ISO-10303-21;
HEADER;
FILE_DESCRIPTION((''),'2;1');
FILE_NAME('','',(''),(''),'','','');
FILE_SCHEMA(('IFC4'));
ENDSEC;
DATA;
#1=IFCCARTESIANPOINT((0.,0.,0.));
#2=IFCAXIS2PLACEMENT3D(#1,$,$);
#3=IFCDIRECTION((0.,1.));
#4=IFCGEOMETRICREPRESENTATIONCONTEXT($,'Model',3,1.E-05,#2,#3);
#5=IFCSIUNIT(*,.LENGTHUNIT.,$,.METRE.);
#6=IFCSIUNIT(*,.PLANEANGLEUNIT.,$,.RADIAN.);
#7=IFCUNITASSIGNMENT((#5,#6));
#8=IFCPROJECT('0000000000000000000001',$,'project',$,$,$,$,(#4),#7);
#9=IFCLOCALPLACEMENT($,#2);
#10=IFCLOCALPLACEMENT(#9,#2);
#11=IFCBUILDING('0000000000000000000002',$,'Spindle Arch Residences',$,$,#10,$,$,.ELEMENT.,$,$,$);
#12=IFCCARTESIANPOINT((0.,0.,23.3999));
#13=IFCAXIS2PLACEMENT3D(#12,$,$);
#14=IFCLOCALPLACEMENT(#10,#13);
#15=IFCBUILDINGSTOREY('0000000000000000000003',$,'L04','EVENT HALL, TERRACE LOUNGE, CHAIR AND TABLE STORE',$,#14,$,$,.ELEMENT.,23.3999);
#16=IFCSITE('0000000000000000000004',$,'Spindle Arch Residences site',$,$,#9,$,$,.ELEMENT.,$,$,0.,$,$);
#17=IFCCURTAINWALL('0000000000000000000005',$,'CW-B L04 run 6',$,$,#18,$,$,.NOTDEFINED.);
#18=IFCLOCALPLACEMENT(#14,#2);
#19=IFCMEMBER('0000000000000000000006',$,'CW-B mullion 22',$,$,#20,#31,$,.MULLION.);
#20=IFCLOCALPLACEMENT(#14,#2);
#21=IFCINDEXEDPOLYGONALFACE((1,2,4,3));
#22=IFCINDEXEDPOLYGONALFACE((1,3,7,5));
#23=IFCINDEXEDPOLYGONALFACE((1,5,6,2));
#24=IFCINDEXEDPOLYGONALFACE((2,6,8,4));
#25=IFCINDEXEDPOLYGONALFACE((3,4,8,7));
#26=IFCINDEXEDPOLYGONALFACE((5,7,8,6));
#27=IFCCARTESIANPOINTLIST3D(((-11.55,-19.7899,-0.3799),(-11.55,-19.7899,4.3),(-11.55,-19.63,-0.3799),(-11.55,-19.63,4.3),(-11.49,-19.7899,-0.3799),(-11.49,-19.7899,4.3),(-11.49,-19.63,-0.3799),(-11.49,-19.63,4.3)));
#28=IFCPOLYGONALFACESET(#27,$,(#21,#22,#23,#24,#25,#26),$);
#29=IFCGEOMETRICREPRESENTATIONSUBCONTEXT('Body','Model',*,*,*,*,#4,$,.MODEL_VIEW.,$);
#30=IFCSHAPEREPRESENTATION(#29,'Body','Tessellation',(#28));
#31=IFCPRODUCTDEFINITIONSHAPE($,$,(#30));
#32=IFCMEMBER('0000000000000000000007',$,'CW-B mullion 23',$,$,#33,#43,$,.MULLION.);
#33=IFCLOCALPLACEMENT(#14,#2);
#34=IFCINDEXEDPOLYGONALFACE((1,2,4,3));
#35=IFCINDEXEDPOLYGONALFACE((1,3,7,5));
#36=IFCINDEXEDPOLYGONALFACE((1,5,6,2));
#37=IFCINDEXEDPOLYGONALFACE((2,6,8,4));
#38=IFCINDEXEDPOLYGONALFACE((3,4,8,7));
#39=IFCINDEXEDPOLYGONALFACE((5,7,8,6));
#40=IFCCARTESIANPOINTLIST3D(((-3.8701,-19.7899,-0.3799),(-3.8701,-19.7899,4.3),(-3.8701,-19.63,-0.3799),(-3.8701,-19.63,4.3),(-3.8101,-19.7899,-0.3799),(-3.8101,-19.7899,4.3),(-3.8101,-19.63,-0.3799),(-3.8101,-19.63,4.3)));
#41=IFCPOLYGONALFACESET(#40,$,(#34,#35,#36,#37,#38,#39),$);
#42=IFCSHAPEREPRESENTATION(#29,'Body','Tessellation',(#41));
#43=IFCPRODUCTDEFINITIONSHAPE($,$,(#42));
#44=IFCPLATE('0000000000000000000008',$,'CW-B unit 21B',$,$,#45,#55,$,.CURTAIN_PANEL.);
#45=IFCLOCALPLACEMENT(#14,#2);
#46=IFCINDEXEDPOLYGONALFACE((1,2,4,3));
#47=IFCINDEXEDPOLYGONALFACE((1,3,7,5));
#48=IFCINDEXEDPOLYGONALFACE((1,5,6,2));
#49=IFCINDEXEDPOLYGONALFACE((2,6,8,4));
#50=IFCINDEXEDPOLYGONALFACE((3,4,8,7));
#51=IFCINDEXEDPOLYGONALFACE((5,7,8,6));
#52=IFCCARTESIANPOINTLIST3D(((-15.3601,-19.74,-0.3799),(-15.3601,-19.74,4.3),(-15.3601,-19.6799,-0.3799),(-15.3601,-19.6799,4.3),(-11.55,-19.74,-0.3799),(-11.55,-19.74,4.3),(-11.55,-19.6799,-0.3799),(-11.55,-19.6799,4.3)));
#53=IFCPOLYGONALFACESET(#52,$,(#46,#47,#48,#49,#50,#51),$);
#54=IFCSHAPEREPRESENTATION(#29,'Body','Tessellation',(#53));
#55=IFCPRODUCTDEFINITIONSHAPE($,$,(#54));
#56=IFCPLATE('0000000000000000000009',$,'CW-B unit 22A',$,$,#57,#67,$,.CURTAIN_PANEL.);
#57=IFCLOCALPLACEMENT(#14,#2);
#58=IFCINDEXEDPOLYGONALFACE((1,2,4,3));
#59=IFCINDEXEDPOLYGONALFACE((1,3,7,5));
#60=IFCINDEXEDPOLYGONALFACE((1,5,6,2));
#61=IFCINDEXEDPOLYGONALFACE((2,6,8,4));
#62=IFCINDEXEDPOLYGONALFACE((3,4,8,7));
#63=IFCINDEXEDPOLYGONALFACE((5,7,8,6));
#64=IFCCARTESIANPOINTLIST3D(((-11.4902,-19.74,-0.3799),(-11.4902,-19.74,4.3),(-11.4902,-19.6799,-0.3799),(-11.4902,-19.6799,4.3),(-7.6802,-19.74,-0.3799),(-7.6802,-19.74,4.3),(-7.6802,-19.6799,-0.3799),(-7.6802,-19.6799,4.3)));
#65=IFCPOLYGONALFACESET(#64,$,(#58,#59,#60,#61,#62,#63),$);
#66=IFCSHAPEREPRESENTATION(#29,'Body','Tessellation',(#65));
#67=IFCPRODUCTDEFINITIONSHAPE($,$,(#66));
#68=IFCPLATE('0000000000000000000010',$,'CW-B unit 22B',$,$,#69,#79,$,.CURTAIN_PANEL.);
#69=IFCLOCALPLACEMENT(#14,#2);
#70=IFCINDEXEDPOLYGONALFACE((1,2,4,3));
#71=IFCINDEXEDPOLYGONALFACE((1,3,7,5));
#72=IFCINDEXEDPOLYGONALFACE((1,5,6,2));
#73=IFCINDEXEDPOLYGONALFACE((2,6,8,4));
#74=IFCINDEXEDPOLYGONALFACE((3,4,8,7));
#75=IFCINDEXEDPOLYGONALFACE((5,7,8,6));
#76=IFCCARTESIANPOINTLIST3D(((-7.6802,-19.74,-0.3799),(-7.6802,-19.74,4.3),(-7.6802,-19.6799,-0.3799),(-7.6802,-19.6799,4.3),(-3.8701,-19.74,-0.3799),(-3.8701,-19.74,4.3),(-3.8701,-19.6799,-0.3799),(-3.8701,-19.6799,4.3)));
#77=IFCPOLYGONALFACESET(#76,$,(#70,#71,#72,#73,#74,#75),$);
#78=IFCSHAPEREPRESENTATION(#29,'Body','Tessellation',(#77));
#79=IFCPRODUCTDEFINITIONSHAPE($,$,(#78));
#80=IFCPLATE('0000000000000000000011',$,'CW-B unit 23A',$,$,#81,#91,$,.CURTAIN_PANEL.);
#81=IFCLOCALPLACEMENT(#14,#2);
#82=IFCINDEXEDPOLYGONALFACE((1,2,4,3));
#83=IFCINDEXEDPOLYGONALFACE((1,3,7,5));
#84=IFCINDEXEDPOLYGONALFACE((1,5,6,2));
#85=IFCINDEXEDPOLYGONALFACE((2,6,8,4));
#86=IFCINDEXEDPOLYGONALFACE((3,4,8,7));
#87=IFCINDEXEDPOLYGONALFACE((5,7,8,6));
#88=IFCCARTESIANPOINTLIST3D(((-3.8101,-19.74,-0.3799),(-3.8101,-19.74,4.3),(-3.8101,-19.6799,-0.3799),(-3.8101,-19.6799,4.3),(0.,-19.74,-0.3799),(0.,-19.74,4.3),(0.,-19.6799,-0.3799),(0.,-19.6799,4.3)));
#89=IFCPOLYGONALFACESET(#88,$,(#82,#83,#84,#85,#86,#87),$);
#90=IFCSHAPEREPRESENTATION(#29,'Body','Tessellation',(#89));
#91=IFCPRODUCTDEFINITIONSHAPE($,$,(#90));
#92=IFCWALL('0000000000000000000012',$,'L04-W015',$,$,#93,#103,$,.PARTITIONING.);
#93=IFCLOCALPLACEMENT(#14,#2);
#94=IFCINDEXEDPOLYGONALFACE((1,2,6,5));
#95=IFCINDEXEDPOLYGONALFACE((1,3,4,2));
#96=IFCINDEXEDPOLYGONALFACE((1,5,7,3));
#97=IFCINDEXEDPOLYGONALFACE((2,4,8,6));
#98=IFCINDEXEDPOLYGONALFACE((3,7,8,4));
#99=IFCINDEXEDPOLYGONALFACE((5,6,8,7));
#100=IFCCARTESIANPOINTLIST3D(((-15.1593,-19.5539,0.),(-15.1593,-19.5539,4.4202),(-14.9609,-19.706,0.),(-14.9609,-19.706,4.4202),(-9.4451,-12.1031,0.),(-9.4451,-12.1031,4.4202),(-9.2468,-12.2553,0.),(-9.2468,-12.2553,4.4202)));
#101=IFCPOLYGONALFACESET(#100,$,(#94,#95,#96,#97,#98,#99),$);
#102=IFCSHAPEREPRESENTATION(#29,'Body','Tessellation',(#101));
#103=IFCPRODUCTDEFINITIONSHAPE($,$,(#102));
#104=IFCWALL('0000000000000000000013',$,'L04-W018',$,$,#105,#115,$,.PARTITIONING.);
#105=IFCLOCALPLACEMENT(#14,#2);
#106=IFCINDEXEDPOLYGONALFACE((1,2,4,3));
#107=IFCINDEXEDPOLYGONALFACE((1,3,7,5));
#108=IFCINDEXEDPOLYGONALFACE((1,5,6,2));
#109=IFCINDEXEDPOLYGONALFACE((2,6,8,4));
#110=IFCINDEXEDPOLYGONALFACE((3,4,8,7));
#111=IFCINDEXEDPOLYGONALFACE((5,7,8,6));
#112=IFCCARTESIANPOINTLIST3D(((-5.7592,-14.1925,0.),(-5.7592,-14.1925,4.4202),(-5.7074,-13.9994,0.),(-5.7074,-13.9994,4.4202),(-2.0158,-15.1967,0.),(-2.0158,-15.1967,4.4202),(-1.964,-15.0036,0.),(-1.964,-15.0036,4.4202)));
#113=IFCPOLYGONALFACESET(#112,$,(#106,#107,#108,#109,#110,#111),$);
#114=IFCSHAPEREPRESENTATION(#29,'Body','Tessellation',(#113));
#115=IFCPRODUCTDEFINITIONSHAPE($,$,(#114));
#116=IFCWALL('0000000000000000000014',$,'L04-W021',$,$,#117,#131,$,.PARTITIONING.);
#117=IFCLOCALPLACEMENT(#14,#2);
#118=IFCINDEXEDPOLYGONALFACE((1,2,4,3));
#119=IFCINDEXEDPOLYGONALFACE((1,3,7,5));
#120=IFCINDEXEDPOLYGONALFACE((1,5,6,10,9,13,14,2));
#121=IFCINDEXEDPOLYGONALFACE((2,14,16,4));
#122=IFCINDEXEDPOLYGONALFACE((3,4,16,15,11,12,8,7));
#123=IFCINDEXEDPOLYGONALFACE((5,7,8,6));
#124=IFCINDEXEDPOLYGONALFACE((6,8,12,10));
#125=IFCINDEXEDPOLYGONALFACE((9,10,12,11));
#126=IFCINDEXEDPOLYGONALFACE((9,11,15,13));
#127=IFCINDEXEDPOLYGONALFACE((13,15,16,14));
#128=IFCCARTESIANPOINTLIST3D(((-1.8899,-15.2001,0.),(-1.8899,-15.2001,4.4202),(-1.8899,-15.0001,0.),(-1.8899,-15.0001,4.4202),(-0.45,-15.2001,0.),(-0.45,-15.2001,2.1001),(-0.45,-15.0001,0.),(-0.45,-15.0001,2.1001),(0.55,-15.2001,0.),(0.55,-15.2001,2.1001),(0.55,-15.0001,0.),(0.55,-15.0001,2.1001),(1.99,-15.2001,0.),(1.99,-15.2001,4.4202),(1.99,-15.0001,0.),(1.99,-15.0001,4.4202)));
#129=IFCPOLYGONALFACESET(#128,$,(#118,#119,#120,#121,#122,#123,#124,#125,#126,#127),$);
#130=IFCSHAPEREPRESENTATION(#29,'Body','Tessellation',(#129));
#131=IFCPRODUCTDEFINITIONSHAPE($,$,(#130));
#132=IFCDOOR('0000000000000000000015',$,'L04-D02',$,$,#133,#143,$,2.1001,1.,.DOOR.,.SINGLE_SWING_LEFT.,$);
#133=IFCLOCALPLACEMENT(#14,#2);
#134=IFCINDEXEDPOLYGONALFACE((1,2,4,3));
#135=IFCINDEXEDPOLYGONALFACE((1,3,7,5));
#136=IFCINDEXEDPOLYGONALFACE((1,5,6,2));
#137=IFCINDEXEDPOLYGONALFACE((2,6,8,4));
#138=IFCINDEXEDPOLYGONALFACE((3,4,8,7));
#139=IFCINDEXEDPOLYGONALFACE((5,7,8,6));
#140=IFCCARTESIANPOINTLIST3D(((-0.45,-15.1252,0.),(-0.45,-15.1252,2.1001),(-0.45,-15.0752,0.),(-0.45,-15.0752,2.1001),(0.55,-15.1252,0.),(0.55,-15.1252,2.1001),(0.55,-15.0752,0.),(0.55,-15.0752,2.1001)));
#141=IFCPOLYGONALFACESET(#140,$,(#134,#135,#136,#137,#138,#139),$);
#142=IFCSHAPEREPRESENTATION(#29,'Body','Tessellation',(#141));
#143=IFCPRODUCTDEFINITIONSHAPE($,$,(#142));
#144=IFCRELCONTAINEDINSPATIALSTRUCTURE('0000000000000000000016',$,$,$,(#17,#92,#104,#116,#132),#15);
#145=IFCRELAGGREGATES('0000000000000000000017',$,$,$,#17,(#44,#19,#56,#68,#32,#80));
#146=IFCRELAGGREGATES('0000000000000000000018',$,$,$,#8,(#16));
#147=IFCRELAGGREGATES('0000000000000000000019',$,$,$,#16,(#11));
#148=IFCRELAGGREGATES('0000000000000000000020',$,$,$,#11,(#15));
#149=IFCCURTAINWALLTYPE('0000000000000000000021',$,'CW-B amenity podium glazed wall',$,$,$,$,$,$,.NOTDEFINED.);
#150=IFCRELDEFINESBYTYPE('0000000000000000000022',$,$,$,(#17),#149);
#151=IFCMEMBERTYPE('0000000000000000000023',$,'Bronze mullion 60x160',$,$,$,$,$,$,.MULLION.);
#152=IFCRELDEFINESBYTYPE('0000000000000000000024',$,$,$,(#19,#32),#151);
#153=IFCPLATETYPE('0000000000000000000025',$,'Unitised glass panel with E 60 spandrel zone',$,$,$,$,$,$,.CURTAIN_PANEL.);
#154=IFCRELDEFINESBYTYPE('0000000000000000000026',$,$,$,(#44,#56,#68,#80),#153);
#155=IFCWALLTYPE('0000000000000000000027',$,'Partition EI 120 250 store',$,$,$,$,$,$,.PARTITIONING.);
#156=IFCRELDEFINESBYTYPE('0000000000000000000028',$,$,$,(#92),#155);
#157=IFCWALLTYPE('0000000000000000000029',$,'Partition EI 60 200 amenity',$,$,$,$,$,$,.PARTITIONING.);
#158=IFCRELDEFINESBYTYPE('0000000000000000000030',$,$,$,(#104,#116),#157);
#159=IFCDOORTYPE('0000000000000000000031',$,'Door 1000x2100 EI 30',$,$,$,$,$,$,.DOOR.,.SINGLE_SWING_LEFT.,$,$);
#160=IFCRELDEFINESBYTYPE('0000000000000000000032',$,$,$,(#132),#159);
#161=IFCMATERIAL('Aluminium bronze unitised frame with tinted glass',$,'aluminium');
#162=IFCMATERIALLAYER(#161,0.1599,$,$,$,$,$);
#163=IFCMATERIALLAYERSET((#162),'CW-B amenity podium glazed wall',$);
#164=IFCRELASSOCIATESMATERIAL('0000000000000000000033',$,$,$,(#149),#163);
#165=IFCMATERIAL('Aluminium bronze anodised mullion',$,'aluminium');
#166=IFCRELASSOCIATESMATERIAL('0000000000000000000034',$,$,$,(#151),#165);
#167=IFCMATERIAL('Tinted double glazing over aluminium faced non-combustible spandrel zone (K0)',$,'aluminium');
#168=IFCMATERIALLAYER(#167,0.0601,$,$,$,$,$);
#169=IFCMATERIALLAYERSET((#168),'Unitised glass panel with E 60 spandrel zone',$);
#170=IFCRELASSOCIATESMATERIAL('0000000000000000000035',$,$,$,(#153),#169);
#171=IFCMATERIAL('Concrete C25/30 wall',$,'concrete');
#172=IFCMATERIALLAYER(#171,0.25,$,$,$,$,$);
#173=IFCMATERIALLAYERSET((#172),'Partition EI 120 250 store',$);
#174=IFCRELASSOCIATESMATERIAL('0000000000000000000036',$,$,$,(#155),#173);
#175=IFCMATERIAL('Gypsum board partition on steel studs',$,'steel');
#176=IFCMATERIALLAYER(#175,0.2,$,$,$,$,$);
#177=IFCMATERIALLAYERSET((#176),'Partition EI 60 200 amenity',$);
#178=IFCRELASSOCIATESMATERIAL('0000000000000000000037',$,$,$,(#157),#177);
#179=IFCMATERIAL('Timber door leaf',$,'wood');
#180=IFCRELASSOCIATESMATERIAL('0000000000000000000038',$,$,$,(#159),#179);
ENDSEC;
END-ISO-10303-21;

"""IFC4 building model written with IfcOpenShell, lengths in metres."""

from ifc_helpers import new_model, si_unit, direction, frame, frame_2d, origin, origin_2d, place, context, subcontext, project, spatial, rectangle, extrude, material, layer, layer_set, material_profile, profile_set, type_object, element, fill, aggregate, save


model = new_model("IFC4")

# Units and contexts
model_context = context("Model", 3, precision=1e-05, world=origin(), true_north=direction((0.0, 1.0)))
body_context = subcontext(model_context, "Body", "Model", "MODEL_VIEW")
ifc_project = project(units=[si_unit("LENGTHUNIT", "METRE"), si_unit("PLANEANGLEUNIT", "RADIAN")], contexts=[model_context])

# Site, building, storey
site_placement = place(None, origin())
site = spatial("IfcSite", under=ifc_project, at=site_placement, Name="Spindle Arch Residences site", CompositionType="ELEMENT", RefElevation=0.0)
building_placement = place(site_placement, origin())
building = spatial("IfcBuilding", under=site, at=building_placement, Name="Spindle Arch Residences", CompositionType="ELEMENT")
storey_placement = place(building_placement, frame((0.0, 0.0, 23.3999)))
storey = spatial("IfcBuildingStorey", under=building, at=storey_placement, Name="L04", Description="EVENT HALL, TERRACE LOUNGE, CHAIR AND TABLE STORE", CompositionType="ELEMENT", Elevation=23.3999)

# Curtain wall, members, plates
ifc_material_1 = material(Name="Aluminium bronze unitised frame with tinted glass", Category="aluminium")
ifc_layer_1 = layer(ifc_material_1, 0.1599)
ifc_layer_set_1 = layer_set([ifc_layer_1], Name="CW-B amenity podium glazed wall")
curtain_wall_type = type_object("IfcCurtainWallType", Name="CW-B amenity podium glazed wall", PredefinedType="NOTDEFINED", material=ifc_layer_set_1)
curtain_wall_placement = place(storey_placement, origin())
curtain_wall = element("IfcCurtainWall", 1, at=curtain_wall_placement, inside=storey, type_object=curtain_wall_type, Name="CW-B L04 run 6", PredefinedType="NOTDEFINED")
ifc_material_2 = material(Name="Aluminium bronze anodised mullion", Category="aluminium")
ifc_material_profile_1 = material_profile(ifc_material_2, rectangle(XDim=0.1599, YDim=0.0601, at=origin_2d()), Name="MU 60x160")
ifc_profile_set_1 = profile_set([ifc_material_profile_1], Name="Aluminium bronze anodised mullion")
member_type_1 = type_object("IfcMemberType", Name="Bronze mullion 60x160", PredefinedType="MULLION", material=ifc_profile_set_1)
member_1_placement = place(storey_placement, frame((-11.52, -19.71, -0.3799), z_axis=(0.0, 0.0, 1.0), x_axis=(0.0, 1.0, 0.0)))
member_1 = element("IfcMember", 2, at=member_1_placement, type_object=member_type_1, Name="CW-B mullion 22", PredefinedType="MULLION", context=body_context, shape_type="SweptSolid", body=[
    extrude(rectangle(XDim=0.1599, YDim=0.0601, at=origin_2d()), origin(), (0.0, 0.0, 1.0), 4.6799),
])
member_2_placement = place(storey_placement, frame((-3.8401, -19.71, -0.3799), z_axis=(0.0, 0.0, 1.0), x_axis=(0.0, 1.0, 0.0)))
member_2 = element("IfcMember", 3, at=member_2_placement, type_object=member_type_1, Name="CW-B mullion 23", PredefinedType="MULLION", context=body_context, shape_type="SweptSolid", body=[
    extrude(rectangle(XDim=0.1599, YDim=0.0601, at=origin_2d()), origin(), (0.0, 0.0, 1.0), 4.6799),
])
ifc_material_3 = material(Name="Tinted double glazing over aluminium faced non-combustible spandrel zone (K0)", Category="aluminium")
ifc_layer_2 = layer(ifc_material_3, 0.0601)
ifc_layer_set_2 = layer_set([ifc_layer_2], Name="Unitised glass panel with E 60 spandrel zone")
plate_type = type_object("IfcPlateType", Name="Unitised glass panel with E 60 spandrel zone", PredefinedType="CURTAIN_PANEL", material=ifc_layer_set_2)
plate_1_placement = place(storey_placement, frame((-13.4551, -19.71, -0.3799), z_axis=(0.0, 0.0, 1.0), x_axis=(1.0, 0.0, 0.0)))
plate_1 = element("IfcPlate", 4, at=plate_1_placement, type_object=plate_type, Name="CW-B unit 21B", PredefinedType="CURTAIN_PANEL", context=body_context, shape_type="SweptSolid", body=[
    extrude(rectangle(XDim=3.8101, YDim=0.0601, at=origin_2d()), origin(), (0.0, 0.0, 1.0), 4.6799),
])
plate_2_placement = place(storey_placement, frame((-9.5852, -19.71, -0.3799), z_axis=(0.0, 0.0, 1.0), x_axis=(1.0, 0.0, 0.0)))
plate_2 = element("IfcPlate", 5, at=plate_2_placement, type_object=plate_type, Name="CW-B unit 22A", PredefinedType="CURTAIN_PANEL", context=body_context, shape_type="SweptSolid", body=[
    extrude(rectangle(XDim=3.8101, YDim=0.0601, at=origin_2d()), origin(), (0.0, 0.0, 1.0), 4.6799),
])
plate_3_placement = place(storey_placement, frame((-5.7751, -19.71, -0.3799), z_axis=(0.0, 0.0, 1.0), x_axis=(1.0, 0.0, 0.0)))
plate_3 = element("IfcPlate", 6, at=plate_3_placement, type_object=plate_type, Name="CW-B unit 22B", PredefinedType="CURTAIN_PANEL", context=body_context, shape_type="SweptSolid", body=[
    extrude(rectangle(XDim=3.8101, YDim=0.0601, at=origin_2d()), origin(), (0.0, 0.0, 1.0), 4.6799),
])
plate_4_placement = place(storey_placement, frame((-1.905, -19.71, -0.3799), z_axis=(0.0, 0.0, 1.0), x_axis=(1.0, 0.0, 0.0)))
plate_4 = element("IfcPlate", 7, at=plate_4_placement, type_object=plate_type, Name="CW-B unit 23A", PredefinedType="CURTAIN_PANEL", context=body_context, shape_type="SweptSolid", body=[
    extrude(rectangle(XDim=3.8101, YDim=0.0601, at=origin_2d()), origin(), (0.0, 0.0, 1.0), 4.6799),
])
aggregate(curtain_wall, [plate_1, member_1, plate_2, plate_3, member_2, plate_4])

# Walls
ifc_material_4 = material(Name="Concrete C25/30 wall", Category="concrete")
ifc_layer_3 = layer(ifc_material_4, 0.25)
ifc_layer_set_3 = layer_set([ifc_layer_3], Name="Partition EI 120 250 store")
wall_type_1 = type_object("IfcWallType", Name="Partition EI 120 250 store", PredefinedType="PARTITIONING", material=ifc_layer_set_3)
wall_1_placement = place(storey_placement, frame((-9.3459, -12.1792, 0.0), z_axis=(0.0, 0.0, 1.0), x_axis=(-0.60856, -0.793508, 0.0)))
element("IfcWall", 8, at=wall_1_placement, inside=storey, type_object=wall_type_1, Name="L04-W015", PredefinedType="PARTITIONING", context=body_context, shape_type="SweptSolid", body=[
    extrude(rectangle(XDim=9.3896, YDim=0.25, at=frame_2d((4.6948, 0.0))), origin(), (0.0, 0.0, 1.0), 4.4202),
])
ifc_material_5 = material(Name="Gypsum board partition on steel studs", Category="steel")
ifc_layer_4 = layer(ifc_material_5, 0.2)
ifc_layer_set_4 = layer_set([ifc_layer_4], Name="Partition EI 60 200 amenity")
wall_type_2 = type_object("IfcWallType", Name="Partition EI 60 200 amenity", PredefinedType="PARTITIONING", material=ifc_layer_set_4)
wall_2_placement = place(storey_placement, frame((-5.7334, -14.0959, 0.0), z_axis=(0.0, 0.0, 1.0), x_axis=(0.965854, -0.259086, 0.0)))
element("IfcWall", 9, at=wall_2_placement, inside=storey, type_object=wall_type_2, Name="L04-W018", PredefinedType="PARTITIONING", context=body_context, shape_type="SweptSolid", body=[
    extrude(rectangle(XDim=3.8757, YDim=0.2, at=frame_2d((1.938, 0.0))), origin(), (0.0, 0.0, 1.0), 4.4202),
])

# Wall, opening, door
wall_3_placement = place(storey_placement, frame((-1.8899, -15.1001, 0.0), z_axis=(0.0, 0.0, 1.0), x_axis=(1.0, 0.0, 0.0)))
wall_3 = element("IfcWall", 10, at=wall_3_placement, inside=storey, type_object=wall_type_2, Name="L04-W021", PredefinedType="PARTITIONING", context=body_context, shape_type="SweptSolid", body=[
    extrude(rectangle(XDim=3.8799, YDim=0.2, at=frame_2d((1.9399, 0.0))), origin(), (0.0, 0.0, 1.0), 4.4202),
])
opening_placement = place(wall_3_placement, frame((1.4399, 0.0, 0.0)))
opening = element("IfcOpeningElement", 11, at=opening_placement, cuts=wall_3, PredefinedType="OPENING", context=body_context, shape_type="SweptSolid", body=[
    extrude(rectangle(XDim=1.0, YDim=2.1001, at=frame_2d((0.5, 1.05))), frame((0.0, 0.1099, 0.0), z_axis=(0.0, -1.0, 0.0), x_axis=(1.0, 0.0, 0.0)), (0.0, 0.0, 1.0), 0.22),
])
ifc_material_6 = material(Name="Timber door leaf", Category="wood")
door_type = type_object("IfcDoorType", Name="Door 1000x2100 EI 30", OperationType="SINGLE_SWING_LEFT", PredefinedType="DOOR", material=ifc_material_6)
door_placement = place(opening_placement, origin())
door = element("IfcDoor", 12, at=door_placement, inside=storey, type_object=door_type, Name="L04-D02", OperationType="SINGLE_SWING_LEFT", OverallHeight=2.1001, OverallWidth=1.0, PredefinedType="DOOR", context=body_context, shape_type="SweptSolid", body=[
    extrude(rectangle(XDim=1.0, YDim=2.1001, at=frame_2d((0.5, 1.05))), frame((0.0, 0.0249, 0.0), z_axis=(0.0, -1.0, 0.0), x_axis=(1.0, 0.0, 0.0)), (0.0, 0.0, 1.0), 0.05),
])
fill(opening, door)

save(model, "model.ifc")
